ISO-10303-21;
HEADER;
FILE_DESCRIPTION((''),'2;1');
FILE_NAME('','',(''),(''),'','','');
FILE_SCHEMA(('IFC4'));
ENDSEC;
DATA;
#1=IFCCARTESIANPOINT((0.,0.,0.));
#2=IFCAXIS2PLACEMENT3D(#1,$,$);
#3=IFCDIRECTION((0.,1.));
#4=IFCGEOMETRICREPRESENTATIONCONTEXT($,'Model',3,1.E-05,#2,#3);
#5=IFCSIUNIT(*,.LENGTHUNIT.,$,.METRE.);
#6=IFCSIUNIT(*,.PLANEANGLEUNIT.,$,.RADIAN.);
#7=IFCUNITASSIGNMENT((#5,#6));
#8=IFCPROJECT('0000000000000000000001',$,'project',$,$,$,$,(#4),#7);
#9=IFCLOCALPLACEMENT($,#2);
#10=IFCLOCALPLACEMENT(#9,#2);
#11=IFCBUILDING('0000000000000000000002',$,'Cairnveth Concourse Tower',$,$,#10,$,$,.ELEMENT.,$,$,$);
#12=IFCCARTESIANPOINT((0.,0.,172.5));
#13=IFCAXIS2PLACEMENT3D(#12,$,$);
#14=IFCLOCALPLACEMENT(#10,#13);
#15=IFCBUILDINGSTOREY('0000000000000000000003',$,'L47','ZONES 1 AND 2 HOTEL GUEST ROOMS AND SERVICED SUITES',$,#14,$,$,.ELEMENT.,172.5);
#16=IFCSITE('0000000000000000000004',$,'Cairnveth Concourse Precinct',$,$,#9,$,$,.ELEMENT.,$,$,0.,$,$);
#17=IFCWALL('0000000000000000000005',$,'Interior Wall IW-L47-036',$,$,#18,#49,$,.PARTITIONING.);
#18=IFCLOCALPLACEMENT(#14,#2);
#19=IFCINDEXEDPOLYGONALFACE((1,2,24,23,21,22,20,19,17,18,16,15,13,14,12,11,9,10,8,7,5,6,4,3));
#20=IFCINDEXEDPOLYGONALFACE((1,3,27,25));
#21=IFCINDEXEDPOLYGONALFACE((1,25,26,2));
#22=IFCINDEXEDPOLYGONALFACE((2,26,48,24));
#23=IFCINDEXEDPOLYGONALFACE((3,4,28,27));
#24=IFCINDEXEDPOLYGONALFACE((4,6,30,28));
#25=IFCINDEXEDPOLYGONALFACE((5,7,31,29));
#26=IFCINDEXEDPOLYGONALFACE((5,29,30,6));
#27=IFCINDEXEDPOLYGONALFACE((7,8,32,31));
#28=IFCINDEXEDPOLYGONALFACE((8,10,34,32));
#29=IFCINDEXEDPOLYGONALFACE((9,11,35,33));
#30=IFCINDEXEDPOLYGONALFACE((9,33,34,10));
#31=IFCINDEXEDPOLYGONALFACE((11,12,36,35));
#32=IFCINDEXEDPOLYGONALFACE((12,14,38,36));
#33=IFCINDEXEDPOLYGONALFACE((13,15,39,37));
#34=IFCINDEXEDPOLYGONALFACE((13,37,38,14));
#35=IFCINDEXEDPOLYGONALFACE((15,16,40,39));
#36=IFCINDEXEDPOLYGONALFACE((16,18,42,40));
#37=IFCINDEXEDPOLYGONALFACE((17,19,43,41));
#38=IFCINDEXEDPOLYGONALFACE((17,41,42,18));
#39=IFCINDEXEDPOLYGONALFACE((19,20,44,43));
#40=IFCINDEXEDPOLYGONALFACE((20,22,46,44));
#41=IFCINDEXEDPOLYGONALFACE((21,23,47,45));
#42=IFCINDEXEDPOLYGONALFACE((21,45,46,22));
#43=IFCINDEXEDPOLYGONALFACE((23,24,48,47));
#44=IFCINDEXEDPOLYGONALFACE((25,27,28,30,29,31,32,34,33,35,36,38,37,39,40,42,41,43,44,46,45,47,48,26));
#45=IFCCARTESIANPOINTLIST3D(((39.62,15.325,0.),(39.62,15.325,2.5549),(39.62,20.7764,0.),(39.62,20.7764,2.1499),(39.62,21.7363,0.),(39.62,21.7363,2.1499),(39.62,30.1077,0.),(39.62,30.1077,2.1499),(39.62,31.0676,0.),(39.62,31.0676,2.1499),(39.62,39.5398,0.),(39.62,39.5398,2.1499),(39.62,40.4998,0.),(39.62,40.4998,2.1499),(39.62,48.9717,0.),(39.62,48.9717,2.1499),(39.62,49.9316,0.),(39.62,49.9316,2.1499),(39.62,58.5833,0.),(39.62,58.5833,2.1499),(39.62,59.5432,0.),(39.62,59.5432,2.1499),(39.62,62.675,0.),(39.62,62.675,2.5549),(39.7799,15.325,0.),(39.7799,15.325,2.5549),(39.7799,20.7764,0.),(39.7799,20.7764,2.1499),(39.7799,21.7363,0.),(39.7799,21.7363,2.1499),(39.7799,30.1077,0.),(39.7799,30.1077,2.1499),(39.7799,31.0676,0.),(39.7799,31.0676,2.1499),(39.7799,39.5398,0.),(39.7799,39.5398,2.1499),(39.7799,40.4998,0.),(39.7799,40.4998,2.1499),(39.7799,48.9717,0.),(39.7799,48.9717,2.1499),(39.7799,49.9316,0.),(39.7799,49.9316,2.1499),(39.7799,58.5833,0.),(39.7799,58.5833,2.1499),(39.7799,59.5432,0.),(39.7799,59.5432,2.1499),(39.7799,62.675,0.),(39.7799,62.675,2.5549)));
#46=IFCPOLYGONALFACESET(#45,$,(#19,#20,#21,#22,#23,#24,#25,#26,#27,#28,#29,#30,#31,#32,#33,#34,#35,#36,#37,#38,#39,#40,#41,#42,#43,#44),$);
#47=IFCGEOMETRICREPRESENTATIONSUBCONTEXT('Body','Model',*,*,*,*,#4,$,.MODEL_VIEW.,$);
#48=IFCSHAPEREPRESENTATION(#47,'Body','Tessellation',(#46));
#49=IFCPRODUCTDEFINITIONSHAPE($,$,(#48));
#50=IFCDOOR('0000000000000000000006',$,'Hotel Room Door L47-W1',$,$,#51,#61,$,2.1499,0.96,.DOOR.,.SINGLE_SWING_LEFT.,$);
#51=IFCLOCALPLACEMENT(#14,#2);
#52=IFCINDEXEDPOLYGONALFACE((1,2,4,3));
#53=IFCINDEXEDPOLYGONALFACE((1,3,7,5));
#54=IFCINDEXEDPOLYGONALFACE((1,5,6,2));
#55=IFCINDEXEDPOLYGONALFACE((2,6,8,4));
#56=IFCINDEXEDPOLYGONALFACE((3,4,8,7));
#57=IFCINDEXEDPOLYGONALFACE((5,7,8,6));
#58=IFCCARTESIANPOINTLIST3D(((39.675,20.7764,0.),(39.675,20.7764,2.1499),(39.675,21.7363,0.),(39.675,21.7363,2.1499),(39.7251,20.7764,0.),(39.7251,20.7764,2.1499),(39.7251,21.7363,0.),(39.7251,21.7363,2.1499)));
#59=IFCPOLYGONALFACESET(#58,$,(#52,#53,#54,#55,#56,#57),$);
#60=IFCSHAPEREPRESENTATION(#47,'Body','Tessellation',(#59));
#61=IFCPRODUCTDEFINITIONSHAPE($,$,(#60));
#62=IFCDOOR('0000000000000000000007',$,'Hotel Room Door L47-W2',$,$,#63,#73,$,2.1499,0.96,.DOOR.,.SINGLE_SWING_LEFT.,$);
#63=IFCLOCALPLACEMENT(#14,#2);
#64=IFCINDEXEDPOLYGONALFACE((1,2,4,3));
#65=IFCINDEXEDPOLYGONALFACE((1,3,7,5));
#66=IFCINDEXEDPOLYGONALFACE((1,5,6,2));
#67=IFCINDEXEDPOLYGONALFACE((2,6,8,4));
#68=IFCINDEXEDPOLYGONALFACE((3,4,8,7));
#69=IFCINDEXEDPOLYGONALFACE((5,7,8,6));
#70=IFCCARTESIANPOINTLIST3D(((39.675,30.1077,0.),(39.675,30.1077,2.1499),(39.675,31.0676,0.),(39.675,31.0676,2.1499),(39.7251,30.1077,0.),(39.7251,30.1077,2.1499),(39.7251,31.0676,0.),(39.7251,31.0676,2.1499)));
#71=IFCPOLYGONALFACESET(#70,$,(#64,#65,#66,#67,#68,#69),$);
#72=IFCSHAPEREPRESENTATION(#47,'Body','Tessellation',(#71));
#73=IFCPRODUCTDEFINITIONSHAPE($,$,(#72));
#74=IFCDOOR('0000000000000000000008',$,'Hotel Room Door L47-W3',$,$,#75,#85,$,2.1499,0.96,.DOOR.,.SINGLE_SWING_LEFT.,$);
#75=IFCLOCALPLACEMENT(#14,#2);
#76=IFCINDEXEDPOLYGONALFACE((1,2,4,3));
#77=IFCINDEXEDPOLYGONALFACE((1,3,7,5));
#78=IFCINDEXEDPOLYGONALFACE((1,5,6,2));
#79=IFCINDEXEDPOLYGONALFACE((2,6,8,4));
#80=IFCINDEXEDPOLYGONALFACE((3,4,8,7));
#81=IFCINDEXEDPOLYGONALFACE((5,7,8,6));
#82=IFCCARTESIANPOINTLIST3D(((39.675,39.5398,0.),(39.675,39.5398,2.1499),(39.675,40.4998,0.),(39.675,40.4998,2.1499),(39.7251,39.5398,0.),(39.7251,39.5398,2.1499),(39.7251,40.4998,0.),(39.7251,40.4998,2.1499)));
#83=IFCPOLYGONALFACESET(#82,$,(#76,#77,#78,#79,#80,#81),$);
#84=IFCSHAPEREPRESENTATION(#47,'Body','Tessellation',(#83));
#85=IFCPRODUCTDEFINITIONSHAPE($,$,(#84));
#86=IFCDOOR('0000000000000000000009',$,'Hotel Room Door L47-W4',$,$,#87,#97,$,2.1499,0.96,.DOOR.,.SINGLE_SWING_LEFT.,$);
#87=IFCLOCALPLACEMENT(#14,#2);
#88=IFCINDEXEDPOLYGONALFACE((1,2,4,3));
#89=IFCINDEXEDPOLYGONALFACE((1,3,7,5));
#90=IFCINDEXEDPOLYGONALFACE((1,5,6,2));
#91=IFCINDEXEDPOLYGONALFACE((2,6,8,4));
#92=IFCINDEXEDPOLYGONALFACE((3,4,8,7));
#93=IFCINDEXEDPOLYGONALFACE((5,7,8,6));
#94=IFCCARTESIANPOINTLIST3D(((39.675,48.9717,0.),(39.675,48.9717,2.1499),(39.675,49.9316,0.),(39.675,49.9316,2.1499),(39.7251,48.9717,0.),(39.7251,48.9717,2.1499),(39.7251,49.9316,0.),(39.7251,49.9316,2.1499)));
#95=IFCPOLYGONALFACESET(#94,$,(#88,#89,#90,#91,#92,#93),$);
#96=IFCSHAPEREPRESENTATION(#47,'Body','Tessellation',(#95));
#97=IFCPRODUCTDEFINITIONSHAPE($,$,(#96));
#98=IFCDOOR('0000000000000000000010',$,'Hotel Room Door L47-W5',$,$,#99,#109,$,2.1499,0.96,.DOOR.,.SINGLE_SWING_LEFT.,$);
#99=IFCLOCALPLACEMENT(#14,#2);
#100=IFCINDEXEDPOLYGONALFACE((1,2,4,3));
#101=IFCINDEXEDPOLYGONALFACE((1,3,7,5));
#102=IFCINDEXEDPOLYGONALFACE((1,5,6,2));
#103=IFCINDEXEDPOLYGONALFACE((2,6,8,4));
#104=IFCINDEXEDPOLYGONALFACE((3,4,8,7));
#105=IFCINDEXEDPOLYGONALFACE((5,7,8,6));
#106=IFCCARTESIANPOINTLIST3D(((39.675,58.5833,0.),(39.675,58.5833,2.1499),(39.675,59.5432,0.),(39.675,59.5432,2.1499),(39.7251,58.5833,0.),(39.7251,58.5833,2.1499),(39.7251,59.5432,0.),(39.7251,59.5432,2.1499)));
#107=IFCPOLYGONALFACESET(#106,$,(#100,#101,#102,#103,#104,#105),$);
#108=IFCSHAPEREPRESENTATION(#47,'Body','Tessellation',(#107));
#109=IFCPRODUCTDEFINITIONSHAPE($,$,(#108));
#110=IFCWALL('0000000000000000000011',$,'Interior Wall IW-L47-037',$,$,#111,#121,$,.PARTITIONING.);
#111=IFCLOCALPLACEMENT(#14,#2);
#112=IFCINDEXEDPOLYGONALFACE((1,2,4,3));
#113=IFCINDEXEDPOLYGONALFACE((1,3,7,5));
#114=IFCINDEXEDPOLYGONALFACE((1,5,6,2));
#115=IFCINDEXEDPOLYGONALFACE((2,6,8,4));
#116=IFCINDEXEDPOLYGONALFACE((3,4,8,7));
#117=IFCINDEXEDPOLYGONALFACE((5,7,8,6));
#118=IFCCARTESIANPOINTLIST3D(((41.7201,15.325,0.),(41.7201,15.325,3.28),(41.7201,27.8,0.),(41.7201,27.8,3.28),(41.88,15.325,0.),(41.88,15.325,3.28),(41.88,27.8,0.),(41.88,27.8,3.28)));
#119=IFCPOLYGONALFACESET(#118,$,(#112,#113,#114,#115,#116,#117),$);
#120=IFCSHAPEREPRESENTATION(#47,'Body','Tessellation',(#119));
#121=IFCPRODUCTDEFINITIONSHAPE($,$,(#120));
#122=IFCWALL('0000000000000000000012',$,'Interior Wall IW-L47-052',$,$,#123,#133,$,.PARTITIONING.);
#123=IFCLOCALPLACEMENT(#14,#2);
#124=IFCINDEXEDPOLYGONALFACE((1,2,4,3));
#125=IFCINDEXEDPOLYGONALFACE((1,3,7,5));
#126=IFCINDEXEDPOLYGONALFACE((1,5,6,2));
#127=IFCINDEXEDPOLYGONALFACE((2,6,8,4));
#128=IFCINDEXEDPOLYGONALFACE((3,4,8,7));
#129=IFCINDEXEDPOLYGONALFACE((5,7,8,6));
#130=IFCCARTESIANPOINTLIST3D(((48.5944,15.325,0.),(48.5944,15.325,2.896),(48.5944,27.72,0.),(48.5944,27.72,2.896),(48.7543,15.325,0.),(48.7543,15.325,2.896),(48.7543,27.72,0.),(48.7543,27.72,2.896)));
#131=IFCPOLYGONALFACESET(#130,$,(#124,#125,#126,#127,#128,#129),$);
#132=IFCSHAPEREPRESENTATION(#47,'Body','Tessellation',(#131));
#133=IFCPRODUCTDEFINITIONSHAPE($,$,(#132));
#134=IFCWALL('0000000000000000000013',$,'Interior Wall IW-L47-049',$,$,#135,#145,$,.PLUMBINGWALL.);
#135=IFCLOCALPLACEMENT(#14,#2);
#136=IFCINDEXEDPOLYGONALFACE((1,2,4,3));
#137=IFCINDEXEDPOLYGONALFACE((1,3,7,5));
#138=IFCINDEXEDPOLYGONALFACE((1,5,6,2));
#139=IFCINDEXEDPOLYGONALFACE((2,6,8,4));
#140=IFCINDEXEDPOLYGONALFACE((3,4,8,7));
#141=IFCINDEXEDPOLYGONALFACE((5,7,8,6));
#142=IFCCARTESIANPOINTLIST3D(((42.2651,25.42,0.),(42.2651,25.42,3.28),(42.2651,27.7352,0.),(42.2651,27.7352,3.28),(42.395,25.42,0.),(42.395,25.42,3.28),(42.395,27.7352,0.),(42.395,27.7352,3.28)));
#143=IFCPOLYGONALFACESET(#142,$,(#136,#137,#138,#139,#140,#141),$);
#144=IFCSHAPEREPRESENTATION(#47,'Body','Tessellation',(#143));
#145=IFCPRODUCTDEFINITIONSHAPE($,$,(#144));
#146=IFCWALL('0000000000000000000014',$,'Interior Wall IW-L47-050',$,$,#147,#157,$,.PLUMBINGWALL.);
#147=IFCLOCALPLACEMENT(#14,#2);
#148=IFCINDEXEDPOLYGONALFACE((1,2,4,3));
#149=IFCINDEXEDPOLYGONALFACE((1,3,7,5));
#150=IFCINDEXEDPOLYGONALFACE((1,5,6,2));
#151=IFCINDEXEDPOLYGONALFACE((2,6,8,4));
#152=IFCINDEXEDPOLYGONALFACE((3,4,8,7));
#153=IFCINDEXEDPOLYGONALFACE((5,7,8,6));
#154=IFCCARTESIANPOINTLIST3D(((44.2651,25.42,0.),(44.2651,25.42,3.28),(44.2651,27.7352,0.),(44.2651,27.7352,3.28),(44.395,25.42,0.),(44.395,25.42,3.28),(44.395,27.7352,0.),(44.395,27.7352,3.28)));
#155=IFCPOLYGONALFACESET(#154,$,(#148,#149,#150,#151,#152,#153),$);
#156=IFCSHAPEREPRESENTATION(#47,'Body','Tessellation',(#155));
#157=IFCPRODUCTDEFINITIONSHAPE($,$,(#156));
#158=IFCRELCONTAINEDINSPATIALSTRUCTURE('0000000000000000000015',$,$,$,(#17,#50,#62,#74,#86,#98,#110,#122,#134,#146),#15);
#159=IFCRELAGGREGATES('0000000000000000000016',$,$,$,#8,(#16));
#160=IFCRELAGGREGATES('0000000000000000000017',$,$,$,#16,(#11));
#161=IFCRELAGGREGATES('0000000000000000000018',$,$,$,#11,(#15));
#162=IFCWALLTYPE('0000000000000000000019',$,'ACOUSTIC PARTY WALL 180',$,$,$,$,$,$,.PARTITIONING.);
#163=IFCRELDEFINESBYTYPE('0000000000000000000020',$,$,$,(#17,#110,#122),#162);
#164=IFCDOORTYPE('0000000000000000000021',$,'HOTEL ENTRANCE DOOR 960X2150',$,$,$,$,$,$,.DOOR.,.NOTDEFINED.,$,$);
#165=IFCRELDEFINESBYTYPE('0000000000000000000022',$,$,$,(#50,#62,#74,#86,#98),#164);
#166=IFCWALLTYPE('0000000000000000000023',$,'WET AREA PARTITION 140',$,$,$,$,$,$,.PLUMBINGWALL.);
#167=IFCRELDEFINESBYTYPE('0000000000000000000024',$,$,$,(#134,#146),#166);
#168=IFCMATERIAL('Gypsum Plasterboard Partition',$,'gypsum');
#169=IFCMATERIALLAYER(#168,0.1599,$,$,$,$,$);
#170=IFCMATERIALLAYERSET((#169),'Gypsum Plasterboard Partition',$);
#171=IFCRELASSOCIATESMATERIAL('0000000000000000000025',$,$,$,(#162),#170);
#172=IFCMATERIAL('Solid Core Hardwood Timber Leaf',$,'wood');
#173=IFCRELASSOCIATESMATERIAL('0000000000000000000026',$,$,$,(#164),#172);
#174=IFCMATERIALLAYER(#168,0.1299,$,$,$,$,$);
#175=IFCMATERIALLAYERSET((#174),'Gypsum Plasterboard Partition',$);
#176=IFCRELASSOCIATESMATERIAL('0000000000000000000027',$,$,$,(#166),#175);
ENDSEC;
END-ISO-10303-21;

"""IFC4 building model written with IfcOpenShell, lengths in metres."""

from ifc_helpers import new_model, si_unit, direction, frame, frame_2d, origin, place, context, subcontext, project, spatial, rectangle, extrude, material, layer, layer_set, type_object, element, fill, save


model = new_model("IFC4")

# Units and contexts
model_context = context("Model", 3, precision=1e-05, world=origin(), true_north=direction((0.0, 1.0)))
body_context = subcontext(model_context, "Body", "Model", "MODEL_VIEW")
ifc_project = project(units=[si_unit("LENGTHUNIT", "METRE"), si_unit("PLANEANGLEUNIT", "RADIAN")], contexts=[model_context])

# Site, building, storey
site_placement = place(None, origin())
site = spatial("IfcSite", under=ifc_project, at=site_placement, Name="Cairnveth Concourse Precinct", CompositionType="ELEMENT", RefElevation=0.0)
building_placement = place(site_placement, origin())
building = spatial("IfcBuilding", under=site, at=building_placement, Name="Cairnveth Concourse Tower", CompositionType="ELEMENT")
storey_placement = place(building_placement, frame((0.0, 0.0, 172.5)))
storey = spatial("IfcBuildingStorey", under=building, at=storey_placement, Name="L47", Description="ZONES 1 AND 2 HOTEL GUEST ROOMS AND SERVICED SUITES", CompositionType="ELEMENT", Elevation=172.5)

# Wall, openings, doors
ifc_material_1 = material(Name="Gypsum Plasterboard Partition", Category="gypsum")
ifc_layer_1 = layer(ifc_material_1, 0.1599)
ifc_layer_set_1 = layer_set([ifc_layer_1], Name="Gypsum Plasterboard Partition")
wall_type_1 = type_object("IfcWallType", Name="ACOUSTIC PARTY WALL 180", PredefinedType="PARTITIONING", material=ifc_layer_set_1)
wall_1_placement = place(storey_placement, frame((39.7, 15.325, 0.0), z_axis=(0.0, 0.0, 1.0), x_axis=(0.0, 1.0, 0.0)))
wall_1 = element("IfcWall", 1, at=wall_1_placement, inside=storey, type_object=wall_type_1, Name="Interior Wall IW-L47-036", PredefinedType="PARTITIONING", context=body_context, shape_type="SweptSolid", body=[
    extrude(rectangle(XDim=47.3501, YDim=0.1599, at=frame_2d((23.675, 0.0))), origin(), (0.0, 0.0, 1.0), 2.5549),
])
opening_1_placement = place(wall_1_placement, frame((5.4514, 0.0, 0.0)))
opening_1 = element("IfcOpeningElement", 2, at=opening_1_placement, cuts=wall_1, PredefinedType="OPENING", context=body_context, shape_type="SweptSolid", body=[
    extrude(rectangle(XDim=0.96, YDim=2.1499, at=frame_2d((0.48, 1.075))), frame((0.0, 0.0898, 0.0), z_axis=(0.0, -1.0, 0.0), x_axis=(1.0, 0.0, 0.0)), (0.0, 0.0, 1.0), 0.1799),
])
opening_2_placement = place(wall_1_placement, frame((14.7827, 0.0, 0.0)))
opening_2 = element("IfcOpeningElement", 3, at=opening_2_placement, cuts=wall_1, PredefinedType="OPENING", context=body_context, shape_type="SweptSolid", body=[
    extrude(rectangle(XDim=0.96, YDim=2.1499, at=frame_2d((0.48, 1.075))), frame((0.0, 0.0898, 0.0), z_axis=(0.0, -1.0, 0.0), x_axis=(1.0, 0.0, 0.0)), (0.0, 0.0, 1.0), 0.1799),
])
opening_3_placement = place(wall_1_placement, frame((24.2148, 0.0, 0.0)))
opening_3 = element("IfcOpeningElement", 4, at=opening_3_placement, cuts=wall_1, PredefinedType="OPENING", context=body_context, shape_type="SweptSolid", body=[
    extrude(rectangle(XDim=0.96, YDim=2.1499, at=frame_2d((0.48, 1.075))), frame((0.0, 0.0898, 0.0), z_axis=(0.0, -1.0, 0.0), x_axis=(1.0, 0.0, 0.0)), (0.0, 0.0, 1.0), 0.1799),
])
opening_4_placement = place(wall_1_placement, frame((33.6467, 0.0, 0.0)))
opening_4 = element("IfcOpeningElement", 5, at=opening_4_placement, cuts=wall_1, PredefinedType="OPENING", context=body_context, shape_type="SweptSolid", body=[
    extrude(rectangle(XDim=0.96, YDim=2.1499, at=frame_2d((0.48, 1.075))), frame((0.0, 0.0898, 0.0), z_axis=(0.0, -1.0, 0.0), x_axis=(1.0, 0.0, 0.0)), (0.0, 0.0, 1.0), 0.1799),
])
opening_5_placement = place(wall_1_placement, frame((43.2583, 0.0, 0.0)))
opening_5 = element("IfcOpeningElement", 6, at=opening_5_placement, cuts=wall_1, PredefinedType="OPENING", context=body_context, shape_type="SweptSolid", body=[
    extrude(rectangle(XDim=0.96, YDim=2.1499, at=frame_2d((0.48, 1.075))), frame((0.0, 0.0898, 0.0), z_axis=(0.0, -1.0, 0.0), x_axis=(1.0, 0.0, 0.0)), (0.0, 0.0, 1.0), 0.1799),
])
ifc_material_2 = material(Name="Solid Core Hardwood Timber Leaf", Category="wood")
door_type_1 = type_object("IfcDoorType", Name="HOTEL ENTRANCE DOOR 960X2150", OperationType="NOTDEFINED", PredefinedType="DOOR", material=ifc_material_2)
door_1_placement = place(opening_1_placement, origin())
door_1 = element("IfcDoor", 7, at=door_1_placement, inside=storey, type_object=door_type_1, Name="Hotel Room Door L47-W1", OperationType="SINGLE_SWING_LEFT", OverallHeight=2.1499, OverallWidth=0.96, PredefinedType="DOOR", context=body_context, shape_type="SweptSolid", body=[
    extrude(rectangle(XDim=0.96, YDim=2.1499, at=frame_2d((0.48, 1.075))), frame((0.0, 0.0249, 0.0), z_axis=(0.0, -1.0, 0.0), x_axis=(1.0, 0.0, 0.0)), (0.0, 0.0, 1.0), 0.05),
])
fill(opening_1, door_1)
door_2_placement = place(opening_2_placement, origin())
door_2 = element("IfcDoor", 8, at=door_2_placement, inside=storey, type_object=door_type_1, Name="Hotel Room Door L47-W2", OperationType="SINGLE_SWING_LEFT", OverallHeight=2.1499, OverallWidth=0.96, PredefinedType="DOOR", context=body_context, shape_type="SweptSolid", body=[
    extrude(rectangle(XDim=0.96, YDim=2.1499, at=frame_2d((0.48, 1.075))), frame((0.0, 0.0249, 0.0), z_axis=(0.0, -1.0, 0.0), x_axis=(1.0, 0.0, 0.0)), (0.0, 0.0, 1.0), 0.05),
])
fill(opening_2, door_2)
door_3_placement = place(opening_3_placement, origin())
door_3 = element("IfcDoor", 9, at=door_3_placement, inside=storey, type_object=door_type_1, Name="Hotel Room Door L47-W3", OperationType="SINGLE_SWING_LEFT", OverallHeight=2.1499, OverallWidth=0.96, PredefinedType="DOOR", context=body_context, shape_type="SweptSolid", body=[
    extrude(rectangle(XDim=0.96, YDim=2.1499, at=frame_2d((0.48, 1.075))), frame((0.0, 0.0249, 0.0), z_axis=(0.0, -1.0, 0.0), x_axis=(1.0, 0.0, 0.0)), (0.0, 0.0, 1.0), 0.05),
])
fill(opening_3, door_3)
door_4_placement = place(opening_4_placement, origin())
door_4 = element("IfcDoor", 10, at=door_4_placement, inside=storey, type_object=door_type_1, Name="Hotel Room Door L47-W4", OperationType="SINGLE_SWING_LEFT", OverallHeight=2.1499, OverallWidth=0.96, PredefinedType="DOOR", context=body_context, shape_type="SweptSolid", body=[
    extrude(rectangle(XDim=0.96, YDim=2.1499, at=frame_2d((0.48, 1.075))), frame((0.0, 0.0249, 0.0), z_axis=(0.0, -1.0, 0.0), x_axis=(1.0, 0.0, 0.0)), (0.0, 0.0, 1.0), 0.05),
])
fill(opening_4, door_4)
door_5_placement = place(opening_5_placement, origin())
door_5 = element("IfcDoor", 11, at=door_5_placement, inside=storey, type_object=door_type_1, Name="Hotel Room Door L47-W5", OperationType="SINGLE_SWING_LEFT", OverallHeight=2.1499, OverallWidth=0.96, PredefinedType="DOOR", context=body_context, shape_type="SweptSolid", body=[
    extrude(rectangle(XDim=0.96, YDim=2.1499, at=frame_2d((0.48, 1.075))), frame((0.0, 0.0249, 0.0), z_axis=(0.0, -1.0, 0.0), x_axis=(1.0, 0.0, 0.0)), (0.0, 0.0, 1.0), 0.05),
])
fill(opening_5, door_5)

# Walls
wall_2_placement = place(storey_placement, frame((41.8, 15.325, 0.0), z_axis=(0.0, 0.0, 1.0), x_axis=(0.0, 1.0, 0.0)))
element("IfcWall", 12, at=wall_2_placement, inside=storey, type_object=wall_type_1, Name="Interior Wall IW-L47-037", PredefinedType="PARTITIONING", context=body_context, shape_type="SweptSolid", body=[
    extrude(rectangle(XDim=12.4751, YDim=0.1599, at=frame_2d((6.2375, 0.0))), origin(), (0.0, 0.0, 1.0), 3.28),
])
wall_3_placement = place(storey_placement, frame((48.6743, 15.325, 0.0), z_axis=(0.0, 0.0, 1.0), x_axis=(0.0, 1.0, 0.0)))
element("IfcWall", 13, at=wall_3_placement, inside=storey, type_object=wall_type_1, Name="Interior Wall IW-L47-052", PredefinedType="PARTITIONING", context=body_context, shape_type="SweptSolid", body=[
    extrude(rectangle(XDim=12.395, YDim=0.1599, at=frame_2d((6.1975, 0.0))), origin(), (0.0, 0.0, 1.0), 2.896),
])
ifc_layer_2 = layer(ifc_material_1, 0.1299)
ifc_layer_set_2 = layer_set([ifc_layer_2], Name="Gypsum Plasterboard Partition")
wall_type_2 = type_object("IfcWallType", Name="WET AREA PARTITION 140", PredefinedType="PLUMBINGWALL", material=ifc_layer_set_2)
for number, where, z_axis, x_axis, name in (
    (14, (42.3301, 25.4199, 0.0), (0.0, 0.0, 1.0), (0.0, 1.0, 0.0), "Interior Wall IW-L47-049"),
    (15, (44.3301, 25.4199, 0.0), (0.0, 0.0, 1.0), (0.0, 1.0, 0.0), "Interior Wall IW-L47-050"),
):
    element("IfcWall", number, at=place(storey_placement, frame(where, z_axis=z_axis, x_axis=x_axis)), inside=storey, type_object=wall_type_2, Name=name, PredefinedType="PLUMBINGWALL", context=body_context, shape_type="SweptSolid", body=[
        extrude(rectangle(XDim=2.3152, YDim=0.1299, at=frame_2d((1.1577, 0.0))), origin(), (0.0, 0.0, 1.0), 3.28),
    ])

save(model, "model.ifc")
